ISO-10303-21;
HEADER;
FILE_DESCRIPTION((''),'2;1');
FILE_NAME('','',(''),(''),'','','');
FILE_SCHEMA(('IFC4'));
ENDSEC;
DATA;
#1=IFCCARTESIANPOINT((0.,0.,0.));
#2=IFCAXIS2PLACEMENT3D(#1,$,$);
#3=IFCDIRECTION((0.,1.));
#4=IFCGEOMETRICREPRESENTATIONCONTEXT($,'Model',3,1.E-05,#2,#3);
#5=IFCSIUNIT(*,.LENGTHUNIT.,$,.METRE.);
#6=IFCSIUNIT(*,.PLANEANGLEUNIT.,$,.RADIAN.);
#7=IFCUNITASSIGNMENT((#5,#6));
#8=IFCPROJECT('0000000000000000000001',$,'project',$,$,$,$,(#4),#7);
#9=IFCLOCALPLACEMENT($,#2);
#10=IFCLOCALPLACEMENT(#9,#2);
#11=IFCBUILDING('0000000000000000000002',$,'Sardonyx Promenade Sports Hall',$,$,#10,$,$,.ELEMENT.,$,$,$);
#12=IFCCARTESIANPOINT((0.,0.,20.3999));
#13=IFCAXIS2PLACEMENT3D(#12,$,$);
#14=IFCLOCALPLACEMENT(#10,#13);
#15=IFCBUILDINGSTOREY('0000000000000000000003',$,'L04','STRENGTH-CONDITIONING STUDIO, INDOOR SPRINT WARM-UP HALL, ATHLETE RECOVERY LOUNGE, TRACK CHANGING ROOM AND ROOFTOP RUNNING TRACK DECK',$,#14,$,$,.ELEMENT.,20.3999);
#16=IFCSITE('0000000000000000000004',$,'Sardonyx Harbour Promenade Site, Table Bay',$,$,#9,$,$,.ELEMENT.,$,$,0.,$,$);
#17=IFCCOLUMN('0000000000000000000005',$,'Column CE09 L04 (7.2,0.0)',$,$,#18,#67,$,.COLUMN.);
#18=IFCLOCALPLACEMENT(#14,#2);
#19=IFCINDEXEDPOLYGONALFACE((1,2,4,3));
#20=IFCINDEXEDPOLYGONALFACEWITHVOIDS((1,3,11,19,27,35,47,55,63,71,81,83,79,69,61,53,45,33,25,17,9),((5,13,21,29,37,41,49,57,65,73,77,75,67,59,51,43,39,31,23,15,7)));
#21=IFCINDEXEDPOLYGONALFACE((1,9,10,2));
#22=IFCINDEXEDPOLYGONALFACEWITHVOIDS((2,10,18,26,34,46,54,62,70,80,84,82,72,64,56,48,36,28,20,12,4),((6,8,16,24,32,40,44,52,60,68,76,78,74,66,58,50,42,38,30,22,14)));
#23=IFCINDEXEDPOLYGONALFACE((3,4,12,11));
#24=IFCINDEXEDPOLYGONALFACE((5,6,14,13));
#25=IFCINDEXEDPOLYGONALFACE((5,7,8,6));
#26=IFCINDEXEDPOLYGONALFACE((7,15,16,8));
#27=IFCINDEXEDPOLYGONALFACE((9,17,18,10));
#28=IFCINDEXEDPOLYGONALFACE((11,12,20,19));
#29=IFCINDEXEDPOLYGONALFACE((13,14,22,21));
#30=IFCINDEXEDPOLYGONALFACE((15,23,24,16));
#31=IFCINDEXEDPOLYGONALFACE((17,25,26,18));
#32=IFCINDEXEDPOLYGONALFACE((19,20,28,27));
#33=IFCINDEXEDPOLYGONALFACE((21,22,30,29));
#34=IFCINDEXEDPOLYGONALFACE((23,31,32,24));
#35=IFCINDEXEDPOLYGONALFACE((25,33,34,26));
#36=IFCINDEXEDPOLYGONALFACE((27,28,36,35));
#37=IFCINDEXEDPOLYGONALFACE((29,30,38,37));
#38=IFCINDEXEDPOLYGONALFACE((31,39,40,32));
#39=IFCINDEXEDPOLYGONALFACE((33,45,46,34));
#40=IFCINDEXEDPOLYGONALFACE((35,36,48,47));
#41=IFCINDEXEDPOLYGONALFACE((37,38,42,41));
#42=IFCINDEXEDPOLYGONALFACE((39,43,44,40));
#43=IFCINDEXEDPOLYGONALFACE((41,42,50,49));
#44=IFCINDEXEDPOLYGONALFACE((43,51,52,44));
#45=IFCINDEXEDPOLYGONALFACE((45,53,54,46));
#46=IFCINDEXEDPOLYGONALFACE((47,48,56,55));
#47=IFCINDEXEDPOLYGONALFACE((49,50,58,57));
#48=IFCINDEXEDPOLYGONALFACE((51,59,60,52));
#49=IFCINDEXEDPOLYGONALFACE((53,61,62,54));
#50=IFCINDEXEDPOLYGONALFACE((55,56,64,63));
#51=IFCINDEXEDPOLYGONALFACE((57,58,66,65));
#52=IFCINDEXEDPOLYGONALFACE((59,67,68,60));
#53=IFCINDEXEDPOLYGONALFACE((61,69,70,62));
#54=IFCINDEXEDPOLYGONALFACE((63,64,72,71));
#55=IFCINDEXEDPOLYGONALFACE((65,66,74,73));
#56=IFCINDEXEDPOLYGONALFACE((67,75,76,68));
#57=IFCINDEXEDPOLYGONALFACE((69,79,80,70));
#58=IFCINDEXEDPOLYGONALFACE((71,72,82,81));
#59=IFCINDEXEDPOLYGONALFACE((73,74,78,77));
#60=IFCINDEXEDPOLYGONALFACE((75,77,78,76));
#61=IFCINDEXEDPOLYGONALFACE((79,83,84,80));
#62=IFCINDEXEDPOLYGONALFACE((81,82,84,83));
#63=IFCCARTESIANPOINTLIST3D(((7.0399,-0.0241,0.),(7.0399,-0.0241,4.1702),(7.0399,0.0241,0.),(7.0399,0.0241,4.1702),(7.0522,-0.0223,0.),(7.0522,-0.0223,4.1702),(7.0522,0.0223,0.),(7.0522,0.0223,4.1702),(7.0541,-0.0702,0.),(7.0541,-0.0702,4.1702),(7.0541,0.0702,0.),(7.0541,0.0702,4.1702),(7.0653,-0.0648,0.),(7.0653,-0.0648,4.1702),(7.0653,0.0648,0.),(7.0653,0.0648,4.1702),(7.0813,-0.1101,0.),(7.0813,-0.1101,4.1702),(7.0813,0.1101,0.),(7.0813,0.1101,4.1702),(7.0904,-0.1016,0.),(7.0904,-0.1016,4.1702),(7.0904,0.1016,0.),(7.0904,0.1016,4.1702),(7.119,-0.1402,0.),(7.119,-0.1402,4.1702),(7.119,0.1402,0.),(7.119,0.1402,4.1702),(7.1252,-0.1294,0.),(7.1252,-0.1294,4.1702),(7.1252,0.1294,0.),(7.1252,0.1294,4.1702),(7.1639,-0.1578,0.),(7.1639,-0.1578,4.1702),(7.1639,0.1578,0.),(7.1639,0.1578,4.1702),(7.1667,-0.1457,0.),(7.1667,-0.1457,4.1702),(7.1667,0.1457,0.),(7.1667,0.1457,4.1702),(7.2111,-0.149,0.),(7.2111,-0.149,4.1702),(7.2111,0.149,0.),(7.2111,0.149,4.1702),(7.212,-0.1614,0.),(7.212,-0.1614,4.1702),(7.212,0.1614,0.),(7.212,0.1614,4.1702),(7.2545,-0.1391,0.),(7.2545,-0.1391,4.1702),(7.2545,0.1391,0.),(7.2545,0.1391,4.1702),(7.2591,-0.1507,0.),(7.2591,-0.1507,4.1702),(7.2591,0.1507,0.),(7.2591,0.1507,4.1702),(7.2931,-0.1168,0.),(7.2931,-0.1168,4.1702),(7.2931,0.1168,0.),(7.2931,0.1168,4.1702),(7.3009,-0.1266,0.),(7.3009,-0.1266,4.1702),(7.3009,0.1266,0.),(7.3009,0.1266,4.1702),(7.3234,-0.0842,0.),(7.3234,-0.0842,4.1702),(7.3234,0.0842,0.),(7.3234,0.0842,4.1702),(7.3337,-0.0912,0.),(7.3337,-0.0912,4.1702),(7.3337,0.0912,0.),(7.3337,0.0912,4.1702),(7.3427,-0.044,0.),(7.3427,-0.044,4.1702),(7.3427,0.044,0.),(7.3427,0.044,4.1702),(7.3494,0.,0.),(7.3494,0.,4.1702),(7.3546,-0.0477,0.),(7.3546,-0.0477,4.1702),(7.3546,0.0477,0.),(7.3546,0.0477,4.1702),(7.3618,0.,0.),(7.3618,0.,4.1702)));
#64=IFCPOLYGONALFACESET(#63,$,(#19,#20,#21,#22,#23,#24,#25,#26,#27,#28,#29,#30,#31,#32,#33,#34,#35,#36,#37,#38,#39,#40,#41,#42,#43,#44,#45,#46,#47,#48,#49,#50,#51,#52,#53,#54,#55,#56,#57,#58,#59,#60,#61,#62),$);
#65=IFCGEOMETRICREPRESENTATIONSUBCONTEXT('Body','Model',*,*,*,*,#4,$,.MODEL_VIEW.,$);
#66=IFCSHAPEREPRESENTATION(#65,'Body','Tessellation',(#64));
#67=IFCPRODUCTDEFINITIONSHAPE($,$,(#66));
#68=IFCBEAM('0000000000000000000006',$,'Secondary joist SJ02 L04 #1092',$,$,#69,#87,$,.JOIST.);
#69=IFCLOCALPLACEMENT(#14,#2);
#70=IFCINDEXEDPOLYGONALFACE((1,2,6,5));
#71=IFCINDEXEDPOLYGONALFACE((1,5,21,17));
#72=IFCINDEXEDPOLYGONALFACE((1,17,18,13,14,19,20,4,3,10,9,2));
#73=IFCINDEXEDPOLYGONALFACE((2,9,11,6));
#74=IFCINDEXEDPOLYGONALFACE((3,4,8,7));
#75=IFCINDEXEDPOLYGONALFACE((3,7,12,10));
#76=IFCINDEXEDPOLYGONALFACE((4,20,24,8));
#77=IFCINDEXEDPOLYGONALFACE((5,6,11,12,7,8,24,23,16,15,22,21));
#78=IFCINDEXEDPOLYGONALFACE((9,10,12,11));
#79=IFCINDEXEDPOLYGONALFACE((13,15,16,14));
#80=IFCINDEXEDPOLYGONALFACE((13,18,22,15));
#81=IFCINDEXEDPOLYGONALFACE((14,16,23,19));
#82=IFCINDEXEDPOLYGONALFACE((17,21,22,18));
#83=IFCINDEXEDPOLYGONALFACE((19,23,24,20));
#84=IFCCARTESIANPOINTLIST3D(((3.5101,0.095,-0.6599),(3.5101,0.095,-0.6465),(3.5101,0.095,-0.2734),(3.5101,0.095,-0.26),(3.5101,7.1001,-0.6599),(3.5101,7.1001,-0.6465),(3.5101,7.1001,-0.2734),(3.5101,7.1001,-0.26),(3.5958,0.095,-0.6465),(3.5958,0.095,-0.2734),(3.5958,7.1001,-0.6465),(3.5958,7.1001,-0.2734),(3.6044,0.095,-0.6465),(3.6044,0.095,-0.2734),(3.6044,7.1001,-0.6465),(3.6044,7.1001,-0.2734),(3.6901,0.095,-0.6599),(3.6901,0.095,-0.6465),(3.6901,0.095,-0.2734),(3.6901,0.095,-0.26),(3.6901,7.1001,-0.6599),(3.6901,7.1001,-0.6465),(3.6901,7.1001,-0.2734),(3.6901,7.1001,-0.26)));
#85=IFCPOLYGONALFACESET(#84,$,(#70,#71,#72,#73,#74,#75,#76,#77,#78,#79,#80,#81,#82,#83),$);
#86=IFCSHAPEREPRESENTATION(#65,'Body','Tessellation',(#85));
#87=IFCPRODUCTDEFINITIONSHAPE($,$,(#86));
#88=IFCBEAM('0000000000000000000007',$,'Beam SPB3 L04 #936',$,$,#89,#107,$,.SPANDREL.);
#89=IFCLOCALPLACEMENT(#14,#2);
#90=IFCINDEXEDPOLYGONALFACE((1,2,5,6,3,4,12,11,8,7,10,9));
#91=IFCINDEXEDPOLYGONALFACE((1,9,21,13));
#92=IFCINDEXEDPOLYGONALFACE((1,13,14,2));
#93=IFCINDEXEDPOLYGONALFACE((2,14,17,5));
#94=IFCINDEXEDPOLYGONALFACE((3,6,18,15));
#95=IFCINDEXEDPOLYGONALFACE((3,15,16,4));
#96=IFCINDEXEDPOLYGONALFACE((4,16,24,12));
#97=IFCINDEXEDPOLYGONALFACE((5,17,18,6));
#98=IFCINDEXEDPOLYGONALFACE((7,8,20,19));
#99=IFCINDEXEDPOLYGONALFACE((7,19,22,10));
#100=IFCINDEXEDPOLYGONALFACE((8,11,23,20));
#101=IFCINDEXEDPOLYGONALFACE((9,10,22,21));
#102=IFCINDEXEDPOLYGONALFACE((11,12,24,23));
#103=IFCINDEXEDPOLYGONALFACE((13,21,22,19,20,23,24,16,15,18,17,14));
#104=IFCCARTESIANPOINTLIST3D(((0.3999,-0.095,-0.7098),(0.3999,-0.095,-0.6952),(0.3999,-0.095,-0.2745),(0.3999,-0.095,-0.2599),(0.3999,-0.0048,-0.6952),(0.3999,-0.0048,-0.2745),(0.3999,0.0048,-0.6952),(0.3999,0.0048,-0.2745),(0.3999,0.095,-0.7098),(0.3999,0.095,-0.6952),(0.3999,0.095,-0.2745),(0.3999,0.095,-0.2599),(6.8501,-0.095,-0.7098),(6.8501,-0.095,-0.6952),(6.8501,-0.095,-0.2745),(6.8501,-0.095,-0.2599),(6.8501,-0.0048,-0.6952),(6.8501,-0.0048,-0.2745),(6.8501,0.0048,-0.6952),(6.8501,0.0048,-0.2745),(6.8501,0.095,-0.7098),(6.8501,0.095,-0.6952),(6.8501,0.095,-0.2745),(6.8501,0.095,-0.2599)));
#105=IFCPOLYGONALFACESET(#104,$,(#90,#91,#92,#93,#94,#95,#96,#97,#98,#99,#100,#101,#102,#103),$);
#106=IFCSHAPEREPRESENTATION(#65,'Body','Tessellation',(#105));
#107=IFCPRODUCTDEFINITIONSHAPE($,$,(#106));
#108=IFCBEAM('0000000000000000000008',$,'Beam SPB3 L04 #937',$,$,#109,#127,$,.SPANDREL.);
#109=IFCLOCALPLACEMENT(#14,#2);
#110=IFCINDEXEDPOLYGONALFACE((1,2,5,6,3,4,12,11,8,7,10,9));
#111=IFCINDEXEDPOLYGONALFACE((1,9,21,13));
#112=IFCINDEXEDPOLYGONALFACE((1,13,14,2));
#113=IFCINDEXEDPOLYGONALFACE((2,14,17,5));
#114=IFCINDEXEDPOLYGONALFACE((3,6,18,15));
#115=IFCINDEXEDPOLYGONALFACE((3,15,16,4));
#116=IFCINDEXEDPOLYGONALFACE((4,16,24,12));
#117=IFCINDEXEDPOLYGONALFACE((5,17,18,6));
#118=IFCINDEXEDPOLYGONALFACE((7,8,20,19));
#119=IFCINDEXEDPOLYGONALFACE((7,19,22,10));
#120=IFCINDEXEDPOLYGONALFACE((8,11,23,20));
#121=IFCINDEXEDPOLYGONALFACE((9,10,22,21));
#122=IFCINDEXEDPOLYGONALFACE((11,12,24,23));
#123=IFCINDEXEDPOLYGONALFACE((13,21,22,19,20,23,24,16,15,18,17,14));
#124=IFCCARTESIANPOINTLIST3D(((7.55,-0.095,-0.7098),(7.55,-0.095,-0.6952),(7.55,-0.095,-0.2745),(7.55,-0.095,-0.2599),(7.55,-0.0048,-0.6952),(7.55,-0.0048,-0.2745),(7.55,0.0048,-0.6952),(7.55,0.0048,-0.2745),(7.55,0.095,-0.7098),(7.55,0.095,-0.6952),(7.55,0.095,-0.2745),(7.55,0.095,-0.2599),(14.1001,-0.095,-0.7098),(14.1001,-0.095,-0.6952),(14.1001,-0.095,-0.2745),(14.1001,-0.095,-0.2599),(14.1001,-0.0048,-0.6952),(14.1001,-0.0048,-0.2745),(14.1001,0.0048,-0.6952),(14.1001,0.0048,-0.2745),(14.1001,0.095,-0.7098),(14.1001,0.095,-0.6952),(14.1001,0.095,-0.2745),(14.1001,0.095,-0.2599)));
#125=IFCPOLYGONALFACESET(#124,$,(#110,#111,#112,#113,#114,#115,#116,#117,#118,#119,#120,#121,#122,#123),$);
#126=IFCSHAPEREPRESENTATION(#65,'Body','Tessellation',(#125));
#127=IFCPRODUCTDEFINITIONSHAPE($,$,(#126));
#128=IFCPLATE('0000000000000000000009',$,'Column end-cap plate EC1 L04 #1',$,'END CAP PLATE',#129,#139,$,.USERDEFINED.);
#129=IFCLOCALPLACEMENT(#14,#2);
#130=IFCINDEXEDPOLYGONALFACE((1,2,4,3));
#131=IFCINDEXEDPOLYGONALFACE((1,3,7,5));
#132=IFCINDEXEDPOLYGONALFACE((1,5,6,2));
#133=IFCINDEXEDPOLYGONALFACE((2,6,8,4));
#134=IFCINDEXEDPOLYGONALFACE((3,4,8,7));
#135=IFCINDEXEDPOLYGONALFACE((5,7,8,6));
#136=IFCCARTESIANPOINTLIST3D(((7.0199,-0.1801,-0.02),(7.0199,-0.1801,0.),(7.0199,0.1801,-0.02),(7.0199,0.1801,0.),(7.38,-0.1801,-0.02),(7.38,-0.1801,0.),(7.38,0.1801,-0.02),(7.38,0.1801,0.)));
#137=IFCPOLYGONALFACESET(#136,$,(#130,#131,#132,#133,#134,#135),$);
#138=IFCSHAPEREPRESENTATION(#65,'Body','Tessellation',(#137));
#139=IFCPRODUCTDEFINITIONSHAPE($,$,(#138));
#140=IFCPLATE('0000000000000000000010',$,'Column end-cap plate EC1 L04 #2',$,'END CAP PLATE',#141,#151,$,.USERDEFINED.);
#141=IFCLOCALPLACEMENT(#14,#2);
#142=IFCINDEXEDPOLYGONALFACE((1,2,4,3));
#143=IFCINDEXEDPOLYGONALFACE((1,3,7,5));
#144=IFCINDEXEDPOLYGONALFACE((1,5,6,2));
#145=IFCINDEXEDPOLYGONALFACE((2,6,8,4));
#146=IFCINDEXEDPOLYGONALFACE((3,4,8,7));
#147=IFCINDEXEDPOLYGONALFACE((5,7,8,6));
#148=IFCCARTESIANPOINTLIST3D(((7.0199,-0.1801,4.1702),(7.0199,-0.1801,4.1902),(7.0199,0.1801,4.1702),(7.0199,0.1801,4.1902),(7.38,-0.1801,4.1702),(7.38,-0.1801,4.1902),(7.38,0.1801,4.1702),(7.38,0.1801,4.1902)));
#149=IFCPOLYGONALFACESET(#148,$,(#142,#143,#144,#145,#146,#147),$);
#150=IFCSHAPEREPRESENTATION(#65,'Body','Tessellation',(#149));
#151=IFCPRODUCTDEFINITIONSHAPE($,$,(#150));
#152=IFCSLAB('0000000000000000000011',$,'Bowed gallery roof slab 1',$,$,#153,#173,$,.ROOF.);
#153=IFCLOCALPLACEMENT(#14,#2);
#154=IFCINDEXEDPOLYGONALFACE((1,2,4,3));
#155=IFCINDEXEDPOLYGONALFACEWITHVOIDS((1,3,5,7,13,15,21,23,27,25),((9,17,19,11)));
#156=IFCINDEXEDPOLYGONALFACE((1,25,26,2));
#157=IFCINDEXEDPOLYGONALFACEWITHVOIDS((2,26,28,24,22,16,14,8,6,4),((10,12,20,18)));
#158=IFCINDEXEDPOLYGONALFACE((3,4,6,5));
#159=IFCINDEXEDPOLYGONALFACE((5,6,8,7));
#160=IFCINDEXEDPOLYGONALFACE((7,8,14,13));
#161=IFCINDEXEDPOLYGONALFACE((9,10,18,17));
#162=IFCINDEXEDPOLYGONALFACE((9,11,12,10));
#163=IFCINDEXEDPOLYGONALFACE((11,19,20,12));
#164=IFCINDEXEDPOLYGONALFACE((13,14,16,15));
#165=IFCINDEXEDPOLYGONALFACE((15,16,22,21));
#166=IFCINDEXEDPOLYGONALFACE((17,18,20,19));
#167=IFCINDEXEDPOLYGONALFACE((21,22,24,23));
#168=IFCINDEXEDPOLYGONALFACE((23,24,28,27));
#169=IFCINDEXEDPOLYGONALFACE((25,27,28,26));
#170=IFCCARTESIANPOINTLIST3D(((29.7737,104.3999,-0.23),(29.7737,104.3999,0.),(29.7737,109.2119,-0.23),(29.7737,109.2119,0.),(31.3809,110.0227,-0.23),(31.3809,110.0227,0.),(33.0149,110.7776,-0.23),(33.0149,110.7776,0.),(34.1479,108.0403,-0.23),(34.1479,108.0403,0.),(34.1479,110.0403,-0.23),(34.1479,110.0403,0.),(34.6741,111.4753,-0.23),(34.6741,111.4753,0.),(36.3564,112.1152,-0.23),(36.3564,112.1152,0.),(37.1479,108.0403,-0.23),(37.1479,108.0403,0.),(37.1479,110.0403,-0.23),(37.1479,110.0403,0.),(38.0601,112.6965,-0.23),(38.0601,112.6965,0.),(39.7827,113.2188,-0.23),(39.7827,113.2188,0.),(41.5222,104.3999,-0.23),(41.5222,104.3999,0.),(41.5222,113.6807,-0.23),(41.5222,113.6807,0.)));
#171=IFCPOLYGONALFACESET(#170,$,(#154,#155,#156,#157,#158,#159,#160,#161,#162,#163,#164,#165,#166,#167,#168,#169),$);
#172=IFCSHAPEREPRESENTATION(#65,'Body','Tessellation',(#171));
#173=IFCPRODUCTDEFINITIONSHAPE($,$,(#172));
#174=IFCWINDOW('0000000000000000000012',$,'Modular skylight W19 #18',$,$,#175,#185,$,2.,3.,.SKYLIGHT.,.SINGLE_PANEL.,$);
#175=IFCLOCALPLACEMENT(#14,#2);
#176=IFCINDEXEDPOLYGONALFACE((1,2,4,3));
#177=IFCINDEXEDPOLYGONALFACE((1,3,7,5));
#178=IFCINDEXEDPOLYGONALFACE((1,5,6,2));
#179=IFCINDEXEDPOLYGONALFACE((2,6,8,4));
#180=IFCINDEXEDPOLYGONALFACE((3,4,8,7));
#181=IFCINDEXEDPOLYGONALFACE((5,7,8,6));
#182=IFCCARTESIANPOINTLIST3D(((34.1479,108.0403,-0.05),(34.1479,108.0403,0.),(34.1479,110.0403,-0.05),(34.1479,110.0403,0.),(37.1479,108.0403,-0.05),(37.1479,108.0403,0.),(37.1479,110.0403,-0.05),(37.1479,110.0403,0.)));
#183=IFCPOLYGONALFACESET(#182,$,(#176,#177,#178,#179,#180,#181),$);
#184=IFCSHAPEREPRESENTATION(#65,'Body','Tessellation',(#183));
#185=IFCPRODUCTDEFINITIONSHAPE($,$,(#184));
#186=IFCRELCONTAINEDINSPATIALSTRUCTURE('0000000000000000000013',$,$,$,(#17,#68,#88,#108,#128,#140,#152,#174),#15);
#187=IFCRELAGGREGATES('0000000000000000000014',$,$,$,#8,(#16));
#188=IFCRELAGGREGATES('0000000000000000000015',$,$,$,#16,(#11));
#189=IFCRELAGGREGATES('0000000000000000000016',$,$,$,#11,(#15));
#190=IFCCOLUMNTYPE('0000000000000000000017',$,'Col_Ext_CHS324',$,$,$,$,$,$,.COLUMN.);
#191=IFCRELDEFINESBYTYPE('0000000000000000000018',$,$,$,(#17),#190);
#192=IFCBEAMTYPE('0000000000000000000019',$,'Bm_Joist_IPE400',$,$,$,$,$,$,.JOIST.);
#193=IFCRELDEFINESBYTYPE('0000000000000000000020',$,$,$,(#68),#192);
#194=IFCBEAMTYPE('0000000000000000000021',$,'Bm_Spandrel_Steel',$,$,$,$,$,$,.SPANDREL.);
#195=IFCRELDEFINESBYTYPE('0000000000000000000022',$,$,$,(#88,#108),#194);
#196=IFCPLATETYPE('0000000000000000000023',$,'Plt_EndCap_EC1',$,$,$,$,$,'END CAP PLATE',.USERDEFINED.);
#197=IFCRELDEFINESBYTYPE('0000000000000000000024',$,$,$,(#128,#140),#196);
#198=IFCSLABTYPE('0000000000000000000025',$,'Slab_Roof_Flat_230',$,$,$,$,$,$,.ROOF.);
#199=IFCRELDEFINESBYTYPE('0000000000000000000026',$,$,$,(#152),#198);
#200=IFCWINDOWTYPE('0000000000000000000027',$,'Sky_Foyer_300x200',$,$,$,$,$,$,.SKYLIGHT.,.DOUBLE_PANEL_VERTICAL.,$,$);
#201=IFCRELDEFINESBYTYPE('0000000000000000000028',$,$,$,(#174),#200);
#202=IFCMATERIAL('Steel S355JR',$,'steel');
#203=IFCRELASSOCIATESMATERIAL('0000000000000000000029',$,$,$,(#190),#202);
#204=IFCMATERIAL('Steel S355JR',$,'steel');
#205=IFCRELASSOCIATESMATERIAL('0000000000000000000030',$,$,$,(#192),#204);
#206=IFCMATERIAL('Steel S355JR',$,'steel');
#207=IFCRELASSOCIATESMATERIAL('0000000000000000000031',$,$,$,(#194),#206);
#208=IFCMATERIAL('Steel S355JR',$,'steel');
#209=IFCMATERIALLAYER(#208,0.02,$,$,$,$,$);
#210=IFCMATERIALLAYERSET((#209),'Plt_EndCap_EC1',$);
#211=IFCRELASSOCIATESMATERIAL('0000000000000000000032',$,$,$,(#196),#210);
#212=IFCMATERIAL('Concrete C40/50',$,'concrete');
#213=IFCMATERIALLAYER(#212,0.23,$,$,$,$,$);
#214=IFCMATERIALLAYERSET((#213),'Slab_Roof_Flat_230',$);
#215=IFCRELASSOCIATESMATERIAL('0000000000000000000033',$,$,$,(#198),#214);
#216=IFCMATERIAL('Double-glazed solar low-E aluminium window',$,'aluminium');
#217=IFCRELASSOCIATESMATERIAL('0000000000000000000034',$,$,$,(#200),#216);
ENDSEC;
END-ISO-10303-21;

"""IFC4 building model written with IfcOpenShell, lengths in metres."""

from ifc_helpers import new_model, si_unit, direction, frame, origin, origin_2d, place, context, subcontext, project, spatial, polyline, rectangle, hollow_circle, i_section, outline, extrude, material, layer, layer_set, material_profile, profile_set, type_object, element, fill, save


model = new_model("IFC4")

# Units and contexts
model_context = context("Model", 3, precision=1e-05, world=origin(), true_north=direction((0.0, 1.0)))
body_context = subcontext(model_context, "Body", "Model", "MODEL_VIEW")
ifc_project = project(units=[si_unit("LENGTHUNIT", "METRE"), si_unit("PLANEANGLEUNIT", "RADIAN")], contexts=[model_context])

# Site, building, storey
site_placement = place(None, origin())
site = spatial("IfcSite", under=ifc_project, at=site_placement, Name="Sardonyx Harbour Promenade Site, Table Bay", CompositionType="ELEMENT", RefElevation=0.0)
building_placement = place(site_placement, origin())
building = spatial("IfcBuilding", under=site, at=building_placement, Name="Sardonyx Promenade Sports Hall", CompositionType="ELEMENT")
storey_placement = place(building_placement, frame((0.0, 0.0, 20.3999)))
storey = spatial("IfcBuildingStorey", under=building, at=storey_placement, Name="L04", Description="STRENGTH-CONDITIONING STUDIO, INDOOR SPRINT WARM-UP HALL, ATHLETE RECOVERY LOUNGE, TRACK CHANGING ROOM AND ROOFTOP RUNNING TRACK DECK", CompositionType="ELEMENT", Elevation=20.3999)

# Column
ifc_material_1 = material(Name="Steel S355JR", Category="steel")
ifc_material_profile_1 = material_profile(ifc_material_1, hollow_circle(Radius=0.1619, WallThickness=0.0125, at=origin_2d()))
ifc_profile_set_1 = profile_set([ifc_material_profile_1], Name="Steel S355JR")
column_type = type_object("IfcColumnType", Name="Col_Ext_CHS324", PredefinedType="COLUMN", material=ifc_profile_set_1)
column_placement = place(storey_placement, frame((7.2, 0.0, 0.0), z_axis=(0.0, 0.0, 1.0), x_axis=(1.0, 0.0, 0.0)))
element("IfcColumn", 1, at=column_placement, inside=storey, type_object=column_type, Name="Column CE09 L04 (7.2,0.0)", PredefinedType="COLUMN", context=body_context, shape_type="SweptSolid", body=[
    extrude(hollow_circle(Radius=0.1619, WallThickness=0.0125, at=origin_2d()), origin(), (0.0, 0.0, 1.0), 4.1702),
])

# Beams
ifc_material_2 = material(Name="Steel S355JR", Category="steel")
ifc_material_profile_2 = material_profile(ifc_material_2, i_section(OverallWidth=0.1799, OverallDepth=0.3999, WebThickness=0.0085, FlangeThickness=0.0134, at=origin_2d()))
ifc_profile_set_2 = profile_set([ifc_material_profile_2], Name="Steel S355JR")
beam_type_1 = type_object("IfcBeamType", Name="Bm_Joist_IPE400", PredefinedType="JOIST", material=ifc_profile_set_2)
beam_1_placement = place(storey_placement, frame((3.6001, 0.095, -0.46), z_axis=(0.0, 1.0, 0.0), x_axis=(-1.0, 0.0, 0.0)))
element("IfcBeam", 2, at=beam_1_placement, inside=storey, type_object=beam_type_1, Name="Secondary joist SJ02 L04 #1092", PredefinedType="JOIST", context=body_context, shape_type="SweptSolid", body=[
    extrude(i_section(OverallWidth=0.1799, OverallDepth=0.3999, WebThickness=0.0085, FlangeThickness=0.0134, at=origin_2d()), origin(), (0.0, 0.0, 1.0), 7.0051),
])
ifc_material_3 = material(Name="Steel S355JR", Category="steel")
ifc_material_profile_3 = material_profile(ifc_material_3, i_section(OverallWidth=0.1899, OverallDepth=0.45, WebThickness=0.0095, FlangeThickness=0.0146, at=origin_2d()))
ifc_profile_set_3 = profile_set([ifc_material_profile_3], Name="Steel S355JR")
beam_type_2 = type_object("IfcBeamType", Name="Bm_Spandrel_Steel", PredefinedType="SPANDREL", material=ifc_profile_set_3)
beam_2_placement = place(storey_placement, frame((0.3999, 0.0, -0.4849), z_axis=(1.0, 0.0, 0.0), x_axis=(0.0, 1.0, 0.0)))
element("IfcBeam", 3, at=beam_2_placement, inside=storey, type_object=beam_type_2, Name="Beam SPB3 L04 #936", PredefinedType="SPANDREL", context=body_context, shape_type="SweptSolid", body=[
    extrude(i_section(OverallWidth=0.1899, OverallDepth=0.45, WebThickness=0.0095, FlangeThickness=0.0146, at=origin_2d()), origin(), (0.0, 0.0, 1.0), 6.4502),
])
beam_3_placement = place(storey_placement, frame((7.55, 0.0, -0.4849), z_axis=(1.0, 0.0, 0.0), x_axis=(0.0, 1.0, 0.0)))
element("IfcBeam", 4, at=beam_3_placement, inside=storey, type_object=beam_type_2, Name="Beam SPB3 L04 #937", PredefinedType="SPANDREL", context=body_context, shape_type="SweptSolid", body=[
    extrude(i_section(OverallWidth=0.1899, OverallDepth=0.45, WebThickness=0.0095, FlangeThickness=0.0146, at=origin_2d()), origin(), (0.0, 0.0, 1.0), 6.55),
])

# Plates
ifc_material_4 = material(Name="Steel S355JR", Category="steel")
ifc_layer_1 = layer(ifc_material_4, 0.02)
ifc_layer_set_1 = layer_set([ifc_layer_1], Name="Plt_EndCap_EC1")
plate_type = type_object("IfcPlateType", Name="Plt_EndCap_EC1", ElementType="END CAP PLATE", PredefinedType="USERDEFINED", material=ifc_layer_set_1)
for number, where, z_axis, x_axis, name in (
    (5, (7.2, 0.0, -0.02), (0.0, 0.0, 1.0), (1.0, 0.0, 0.0), "Column end-cap plate EC1 L04 #1"),
    (6, (7.2, 0.0, 4.1702), (0.0, 0.0, 1.0), (1.0, 0.0, 0.0), "Column end-cap plate EC1 L04 #2"),
):
    element("IfcPlate", number, at=place(storey_placement, frame(where, z_axis=z_axis, x_axis=x_axis)), inside=storey, type_object=plate_type, Name=name, ObjectType="END CAP PLATE", PredefinedType="USERDEFINED", context=body_context, shape_type="SweptSolid", body=[
        extrude(rectangle(XDim=0.3601, YDim=0.3601, at=origin_2d()), origin(), (0.0, 0.0, 1.0), 0.02),
    ])

# Slab, opening, window
ifc_material_5 = material(Name="Concrete C40/50", Category="concrete")
ifc_layer_2 = layer(ifc_material_5, 0.23)
ifc_layer_set_2 = layer_set([ifc_layer_2], Name="Slab_Roof_Flat_230")
slab_type = type_object("IfcSlabType", Name="Slab_Roof_Flat_230", PredefinedType="ROOF", material=ifc_layer_set_2)
slab_1_placement = place(storey_placement, frame((0.0, 0.0, -0.23)))
slab_1 = element("IfcSlab", 7, at=slab_1_placement, inside=storey, type_object=slab_type, Name="Bowed gallery roof slab 1", PredefinedType="ROOF", context=body_context, shape_type="SweptSolid", body=[
    extrude(outline(polyline([(29.7737, 104.3999), (41.5222, 104.3999), (41.5222, 113.6807), (39.7827, 113.2188), (38.0601, 112.6965), (36.3564, 112.1152), (34.6741, 111.4753), (33.0149, 110.7776), (31.3809, 110.0227), (29.7737, 109.2119), (29.7737, 104.3999)])), origin(), (0.0, 0.0, 1.0), 0.23),
])
opening_placement = place(slab_1_placement, frame((35.6479, 109.0403, 0.0)))
opening = element("IfcOpeningElement", 8, at=opening_placement, cuts=slab_1, PredefinedType="OPENING", context=body_context, shape_type="SweptSolid", body=[
    extrude(rectangle(XDim=3.0, YDim=2.0, at=origin_2d()), origin(), (0.0, 0.0, 1.0), 0.23),
])
ifc_material_6 = material(Name="Double-glazed solar low-E aluminium window", Category="aluminium")
window_type = type_object("IfcWindowType", Name="Sky_Foyer_300x200", PartitioningType="DOUBLE_PANEL_VERTICAL", PredefinedType="SKYLIGHT", material=ifc_material_6)
window_placement = place(opening_placement, frame((0.0, 0.0, 0.1799)))
window = element("IfcWindow", 9, at=window_placement, inside=storey, type_object=window_type, Name="Modular skylight W19 #18", OverallHeight=2.0, OverallWidth=3.0, PartitioningType="SINGLE_PANEL", PredefinedType="SKYLIGHT", context=body_context, shape_type="SweptSolid", body=[
    extrude(rectangle(XDim=3.0, YDim=2.0, at=origin_2d()), origin(), (0.0, 0.0, 1.0), 0.05),
])
fill(opening, window)

save(model, "model.ifc")
